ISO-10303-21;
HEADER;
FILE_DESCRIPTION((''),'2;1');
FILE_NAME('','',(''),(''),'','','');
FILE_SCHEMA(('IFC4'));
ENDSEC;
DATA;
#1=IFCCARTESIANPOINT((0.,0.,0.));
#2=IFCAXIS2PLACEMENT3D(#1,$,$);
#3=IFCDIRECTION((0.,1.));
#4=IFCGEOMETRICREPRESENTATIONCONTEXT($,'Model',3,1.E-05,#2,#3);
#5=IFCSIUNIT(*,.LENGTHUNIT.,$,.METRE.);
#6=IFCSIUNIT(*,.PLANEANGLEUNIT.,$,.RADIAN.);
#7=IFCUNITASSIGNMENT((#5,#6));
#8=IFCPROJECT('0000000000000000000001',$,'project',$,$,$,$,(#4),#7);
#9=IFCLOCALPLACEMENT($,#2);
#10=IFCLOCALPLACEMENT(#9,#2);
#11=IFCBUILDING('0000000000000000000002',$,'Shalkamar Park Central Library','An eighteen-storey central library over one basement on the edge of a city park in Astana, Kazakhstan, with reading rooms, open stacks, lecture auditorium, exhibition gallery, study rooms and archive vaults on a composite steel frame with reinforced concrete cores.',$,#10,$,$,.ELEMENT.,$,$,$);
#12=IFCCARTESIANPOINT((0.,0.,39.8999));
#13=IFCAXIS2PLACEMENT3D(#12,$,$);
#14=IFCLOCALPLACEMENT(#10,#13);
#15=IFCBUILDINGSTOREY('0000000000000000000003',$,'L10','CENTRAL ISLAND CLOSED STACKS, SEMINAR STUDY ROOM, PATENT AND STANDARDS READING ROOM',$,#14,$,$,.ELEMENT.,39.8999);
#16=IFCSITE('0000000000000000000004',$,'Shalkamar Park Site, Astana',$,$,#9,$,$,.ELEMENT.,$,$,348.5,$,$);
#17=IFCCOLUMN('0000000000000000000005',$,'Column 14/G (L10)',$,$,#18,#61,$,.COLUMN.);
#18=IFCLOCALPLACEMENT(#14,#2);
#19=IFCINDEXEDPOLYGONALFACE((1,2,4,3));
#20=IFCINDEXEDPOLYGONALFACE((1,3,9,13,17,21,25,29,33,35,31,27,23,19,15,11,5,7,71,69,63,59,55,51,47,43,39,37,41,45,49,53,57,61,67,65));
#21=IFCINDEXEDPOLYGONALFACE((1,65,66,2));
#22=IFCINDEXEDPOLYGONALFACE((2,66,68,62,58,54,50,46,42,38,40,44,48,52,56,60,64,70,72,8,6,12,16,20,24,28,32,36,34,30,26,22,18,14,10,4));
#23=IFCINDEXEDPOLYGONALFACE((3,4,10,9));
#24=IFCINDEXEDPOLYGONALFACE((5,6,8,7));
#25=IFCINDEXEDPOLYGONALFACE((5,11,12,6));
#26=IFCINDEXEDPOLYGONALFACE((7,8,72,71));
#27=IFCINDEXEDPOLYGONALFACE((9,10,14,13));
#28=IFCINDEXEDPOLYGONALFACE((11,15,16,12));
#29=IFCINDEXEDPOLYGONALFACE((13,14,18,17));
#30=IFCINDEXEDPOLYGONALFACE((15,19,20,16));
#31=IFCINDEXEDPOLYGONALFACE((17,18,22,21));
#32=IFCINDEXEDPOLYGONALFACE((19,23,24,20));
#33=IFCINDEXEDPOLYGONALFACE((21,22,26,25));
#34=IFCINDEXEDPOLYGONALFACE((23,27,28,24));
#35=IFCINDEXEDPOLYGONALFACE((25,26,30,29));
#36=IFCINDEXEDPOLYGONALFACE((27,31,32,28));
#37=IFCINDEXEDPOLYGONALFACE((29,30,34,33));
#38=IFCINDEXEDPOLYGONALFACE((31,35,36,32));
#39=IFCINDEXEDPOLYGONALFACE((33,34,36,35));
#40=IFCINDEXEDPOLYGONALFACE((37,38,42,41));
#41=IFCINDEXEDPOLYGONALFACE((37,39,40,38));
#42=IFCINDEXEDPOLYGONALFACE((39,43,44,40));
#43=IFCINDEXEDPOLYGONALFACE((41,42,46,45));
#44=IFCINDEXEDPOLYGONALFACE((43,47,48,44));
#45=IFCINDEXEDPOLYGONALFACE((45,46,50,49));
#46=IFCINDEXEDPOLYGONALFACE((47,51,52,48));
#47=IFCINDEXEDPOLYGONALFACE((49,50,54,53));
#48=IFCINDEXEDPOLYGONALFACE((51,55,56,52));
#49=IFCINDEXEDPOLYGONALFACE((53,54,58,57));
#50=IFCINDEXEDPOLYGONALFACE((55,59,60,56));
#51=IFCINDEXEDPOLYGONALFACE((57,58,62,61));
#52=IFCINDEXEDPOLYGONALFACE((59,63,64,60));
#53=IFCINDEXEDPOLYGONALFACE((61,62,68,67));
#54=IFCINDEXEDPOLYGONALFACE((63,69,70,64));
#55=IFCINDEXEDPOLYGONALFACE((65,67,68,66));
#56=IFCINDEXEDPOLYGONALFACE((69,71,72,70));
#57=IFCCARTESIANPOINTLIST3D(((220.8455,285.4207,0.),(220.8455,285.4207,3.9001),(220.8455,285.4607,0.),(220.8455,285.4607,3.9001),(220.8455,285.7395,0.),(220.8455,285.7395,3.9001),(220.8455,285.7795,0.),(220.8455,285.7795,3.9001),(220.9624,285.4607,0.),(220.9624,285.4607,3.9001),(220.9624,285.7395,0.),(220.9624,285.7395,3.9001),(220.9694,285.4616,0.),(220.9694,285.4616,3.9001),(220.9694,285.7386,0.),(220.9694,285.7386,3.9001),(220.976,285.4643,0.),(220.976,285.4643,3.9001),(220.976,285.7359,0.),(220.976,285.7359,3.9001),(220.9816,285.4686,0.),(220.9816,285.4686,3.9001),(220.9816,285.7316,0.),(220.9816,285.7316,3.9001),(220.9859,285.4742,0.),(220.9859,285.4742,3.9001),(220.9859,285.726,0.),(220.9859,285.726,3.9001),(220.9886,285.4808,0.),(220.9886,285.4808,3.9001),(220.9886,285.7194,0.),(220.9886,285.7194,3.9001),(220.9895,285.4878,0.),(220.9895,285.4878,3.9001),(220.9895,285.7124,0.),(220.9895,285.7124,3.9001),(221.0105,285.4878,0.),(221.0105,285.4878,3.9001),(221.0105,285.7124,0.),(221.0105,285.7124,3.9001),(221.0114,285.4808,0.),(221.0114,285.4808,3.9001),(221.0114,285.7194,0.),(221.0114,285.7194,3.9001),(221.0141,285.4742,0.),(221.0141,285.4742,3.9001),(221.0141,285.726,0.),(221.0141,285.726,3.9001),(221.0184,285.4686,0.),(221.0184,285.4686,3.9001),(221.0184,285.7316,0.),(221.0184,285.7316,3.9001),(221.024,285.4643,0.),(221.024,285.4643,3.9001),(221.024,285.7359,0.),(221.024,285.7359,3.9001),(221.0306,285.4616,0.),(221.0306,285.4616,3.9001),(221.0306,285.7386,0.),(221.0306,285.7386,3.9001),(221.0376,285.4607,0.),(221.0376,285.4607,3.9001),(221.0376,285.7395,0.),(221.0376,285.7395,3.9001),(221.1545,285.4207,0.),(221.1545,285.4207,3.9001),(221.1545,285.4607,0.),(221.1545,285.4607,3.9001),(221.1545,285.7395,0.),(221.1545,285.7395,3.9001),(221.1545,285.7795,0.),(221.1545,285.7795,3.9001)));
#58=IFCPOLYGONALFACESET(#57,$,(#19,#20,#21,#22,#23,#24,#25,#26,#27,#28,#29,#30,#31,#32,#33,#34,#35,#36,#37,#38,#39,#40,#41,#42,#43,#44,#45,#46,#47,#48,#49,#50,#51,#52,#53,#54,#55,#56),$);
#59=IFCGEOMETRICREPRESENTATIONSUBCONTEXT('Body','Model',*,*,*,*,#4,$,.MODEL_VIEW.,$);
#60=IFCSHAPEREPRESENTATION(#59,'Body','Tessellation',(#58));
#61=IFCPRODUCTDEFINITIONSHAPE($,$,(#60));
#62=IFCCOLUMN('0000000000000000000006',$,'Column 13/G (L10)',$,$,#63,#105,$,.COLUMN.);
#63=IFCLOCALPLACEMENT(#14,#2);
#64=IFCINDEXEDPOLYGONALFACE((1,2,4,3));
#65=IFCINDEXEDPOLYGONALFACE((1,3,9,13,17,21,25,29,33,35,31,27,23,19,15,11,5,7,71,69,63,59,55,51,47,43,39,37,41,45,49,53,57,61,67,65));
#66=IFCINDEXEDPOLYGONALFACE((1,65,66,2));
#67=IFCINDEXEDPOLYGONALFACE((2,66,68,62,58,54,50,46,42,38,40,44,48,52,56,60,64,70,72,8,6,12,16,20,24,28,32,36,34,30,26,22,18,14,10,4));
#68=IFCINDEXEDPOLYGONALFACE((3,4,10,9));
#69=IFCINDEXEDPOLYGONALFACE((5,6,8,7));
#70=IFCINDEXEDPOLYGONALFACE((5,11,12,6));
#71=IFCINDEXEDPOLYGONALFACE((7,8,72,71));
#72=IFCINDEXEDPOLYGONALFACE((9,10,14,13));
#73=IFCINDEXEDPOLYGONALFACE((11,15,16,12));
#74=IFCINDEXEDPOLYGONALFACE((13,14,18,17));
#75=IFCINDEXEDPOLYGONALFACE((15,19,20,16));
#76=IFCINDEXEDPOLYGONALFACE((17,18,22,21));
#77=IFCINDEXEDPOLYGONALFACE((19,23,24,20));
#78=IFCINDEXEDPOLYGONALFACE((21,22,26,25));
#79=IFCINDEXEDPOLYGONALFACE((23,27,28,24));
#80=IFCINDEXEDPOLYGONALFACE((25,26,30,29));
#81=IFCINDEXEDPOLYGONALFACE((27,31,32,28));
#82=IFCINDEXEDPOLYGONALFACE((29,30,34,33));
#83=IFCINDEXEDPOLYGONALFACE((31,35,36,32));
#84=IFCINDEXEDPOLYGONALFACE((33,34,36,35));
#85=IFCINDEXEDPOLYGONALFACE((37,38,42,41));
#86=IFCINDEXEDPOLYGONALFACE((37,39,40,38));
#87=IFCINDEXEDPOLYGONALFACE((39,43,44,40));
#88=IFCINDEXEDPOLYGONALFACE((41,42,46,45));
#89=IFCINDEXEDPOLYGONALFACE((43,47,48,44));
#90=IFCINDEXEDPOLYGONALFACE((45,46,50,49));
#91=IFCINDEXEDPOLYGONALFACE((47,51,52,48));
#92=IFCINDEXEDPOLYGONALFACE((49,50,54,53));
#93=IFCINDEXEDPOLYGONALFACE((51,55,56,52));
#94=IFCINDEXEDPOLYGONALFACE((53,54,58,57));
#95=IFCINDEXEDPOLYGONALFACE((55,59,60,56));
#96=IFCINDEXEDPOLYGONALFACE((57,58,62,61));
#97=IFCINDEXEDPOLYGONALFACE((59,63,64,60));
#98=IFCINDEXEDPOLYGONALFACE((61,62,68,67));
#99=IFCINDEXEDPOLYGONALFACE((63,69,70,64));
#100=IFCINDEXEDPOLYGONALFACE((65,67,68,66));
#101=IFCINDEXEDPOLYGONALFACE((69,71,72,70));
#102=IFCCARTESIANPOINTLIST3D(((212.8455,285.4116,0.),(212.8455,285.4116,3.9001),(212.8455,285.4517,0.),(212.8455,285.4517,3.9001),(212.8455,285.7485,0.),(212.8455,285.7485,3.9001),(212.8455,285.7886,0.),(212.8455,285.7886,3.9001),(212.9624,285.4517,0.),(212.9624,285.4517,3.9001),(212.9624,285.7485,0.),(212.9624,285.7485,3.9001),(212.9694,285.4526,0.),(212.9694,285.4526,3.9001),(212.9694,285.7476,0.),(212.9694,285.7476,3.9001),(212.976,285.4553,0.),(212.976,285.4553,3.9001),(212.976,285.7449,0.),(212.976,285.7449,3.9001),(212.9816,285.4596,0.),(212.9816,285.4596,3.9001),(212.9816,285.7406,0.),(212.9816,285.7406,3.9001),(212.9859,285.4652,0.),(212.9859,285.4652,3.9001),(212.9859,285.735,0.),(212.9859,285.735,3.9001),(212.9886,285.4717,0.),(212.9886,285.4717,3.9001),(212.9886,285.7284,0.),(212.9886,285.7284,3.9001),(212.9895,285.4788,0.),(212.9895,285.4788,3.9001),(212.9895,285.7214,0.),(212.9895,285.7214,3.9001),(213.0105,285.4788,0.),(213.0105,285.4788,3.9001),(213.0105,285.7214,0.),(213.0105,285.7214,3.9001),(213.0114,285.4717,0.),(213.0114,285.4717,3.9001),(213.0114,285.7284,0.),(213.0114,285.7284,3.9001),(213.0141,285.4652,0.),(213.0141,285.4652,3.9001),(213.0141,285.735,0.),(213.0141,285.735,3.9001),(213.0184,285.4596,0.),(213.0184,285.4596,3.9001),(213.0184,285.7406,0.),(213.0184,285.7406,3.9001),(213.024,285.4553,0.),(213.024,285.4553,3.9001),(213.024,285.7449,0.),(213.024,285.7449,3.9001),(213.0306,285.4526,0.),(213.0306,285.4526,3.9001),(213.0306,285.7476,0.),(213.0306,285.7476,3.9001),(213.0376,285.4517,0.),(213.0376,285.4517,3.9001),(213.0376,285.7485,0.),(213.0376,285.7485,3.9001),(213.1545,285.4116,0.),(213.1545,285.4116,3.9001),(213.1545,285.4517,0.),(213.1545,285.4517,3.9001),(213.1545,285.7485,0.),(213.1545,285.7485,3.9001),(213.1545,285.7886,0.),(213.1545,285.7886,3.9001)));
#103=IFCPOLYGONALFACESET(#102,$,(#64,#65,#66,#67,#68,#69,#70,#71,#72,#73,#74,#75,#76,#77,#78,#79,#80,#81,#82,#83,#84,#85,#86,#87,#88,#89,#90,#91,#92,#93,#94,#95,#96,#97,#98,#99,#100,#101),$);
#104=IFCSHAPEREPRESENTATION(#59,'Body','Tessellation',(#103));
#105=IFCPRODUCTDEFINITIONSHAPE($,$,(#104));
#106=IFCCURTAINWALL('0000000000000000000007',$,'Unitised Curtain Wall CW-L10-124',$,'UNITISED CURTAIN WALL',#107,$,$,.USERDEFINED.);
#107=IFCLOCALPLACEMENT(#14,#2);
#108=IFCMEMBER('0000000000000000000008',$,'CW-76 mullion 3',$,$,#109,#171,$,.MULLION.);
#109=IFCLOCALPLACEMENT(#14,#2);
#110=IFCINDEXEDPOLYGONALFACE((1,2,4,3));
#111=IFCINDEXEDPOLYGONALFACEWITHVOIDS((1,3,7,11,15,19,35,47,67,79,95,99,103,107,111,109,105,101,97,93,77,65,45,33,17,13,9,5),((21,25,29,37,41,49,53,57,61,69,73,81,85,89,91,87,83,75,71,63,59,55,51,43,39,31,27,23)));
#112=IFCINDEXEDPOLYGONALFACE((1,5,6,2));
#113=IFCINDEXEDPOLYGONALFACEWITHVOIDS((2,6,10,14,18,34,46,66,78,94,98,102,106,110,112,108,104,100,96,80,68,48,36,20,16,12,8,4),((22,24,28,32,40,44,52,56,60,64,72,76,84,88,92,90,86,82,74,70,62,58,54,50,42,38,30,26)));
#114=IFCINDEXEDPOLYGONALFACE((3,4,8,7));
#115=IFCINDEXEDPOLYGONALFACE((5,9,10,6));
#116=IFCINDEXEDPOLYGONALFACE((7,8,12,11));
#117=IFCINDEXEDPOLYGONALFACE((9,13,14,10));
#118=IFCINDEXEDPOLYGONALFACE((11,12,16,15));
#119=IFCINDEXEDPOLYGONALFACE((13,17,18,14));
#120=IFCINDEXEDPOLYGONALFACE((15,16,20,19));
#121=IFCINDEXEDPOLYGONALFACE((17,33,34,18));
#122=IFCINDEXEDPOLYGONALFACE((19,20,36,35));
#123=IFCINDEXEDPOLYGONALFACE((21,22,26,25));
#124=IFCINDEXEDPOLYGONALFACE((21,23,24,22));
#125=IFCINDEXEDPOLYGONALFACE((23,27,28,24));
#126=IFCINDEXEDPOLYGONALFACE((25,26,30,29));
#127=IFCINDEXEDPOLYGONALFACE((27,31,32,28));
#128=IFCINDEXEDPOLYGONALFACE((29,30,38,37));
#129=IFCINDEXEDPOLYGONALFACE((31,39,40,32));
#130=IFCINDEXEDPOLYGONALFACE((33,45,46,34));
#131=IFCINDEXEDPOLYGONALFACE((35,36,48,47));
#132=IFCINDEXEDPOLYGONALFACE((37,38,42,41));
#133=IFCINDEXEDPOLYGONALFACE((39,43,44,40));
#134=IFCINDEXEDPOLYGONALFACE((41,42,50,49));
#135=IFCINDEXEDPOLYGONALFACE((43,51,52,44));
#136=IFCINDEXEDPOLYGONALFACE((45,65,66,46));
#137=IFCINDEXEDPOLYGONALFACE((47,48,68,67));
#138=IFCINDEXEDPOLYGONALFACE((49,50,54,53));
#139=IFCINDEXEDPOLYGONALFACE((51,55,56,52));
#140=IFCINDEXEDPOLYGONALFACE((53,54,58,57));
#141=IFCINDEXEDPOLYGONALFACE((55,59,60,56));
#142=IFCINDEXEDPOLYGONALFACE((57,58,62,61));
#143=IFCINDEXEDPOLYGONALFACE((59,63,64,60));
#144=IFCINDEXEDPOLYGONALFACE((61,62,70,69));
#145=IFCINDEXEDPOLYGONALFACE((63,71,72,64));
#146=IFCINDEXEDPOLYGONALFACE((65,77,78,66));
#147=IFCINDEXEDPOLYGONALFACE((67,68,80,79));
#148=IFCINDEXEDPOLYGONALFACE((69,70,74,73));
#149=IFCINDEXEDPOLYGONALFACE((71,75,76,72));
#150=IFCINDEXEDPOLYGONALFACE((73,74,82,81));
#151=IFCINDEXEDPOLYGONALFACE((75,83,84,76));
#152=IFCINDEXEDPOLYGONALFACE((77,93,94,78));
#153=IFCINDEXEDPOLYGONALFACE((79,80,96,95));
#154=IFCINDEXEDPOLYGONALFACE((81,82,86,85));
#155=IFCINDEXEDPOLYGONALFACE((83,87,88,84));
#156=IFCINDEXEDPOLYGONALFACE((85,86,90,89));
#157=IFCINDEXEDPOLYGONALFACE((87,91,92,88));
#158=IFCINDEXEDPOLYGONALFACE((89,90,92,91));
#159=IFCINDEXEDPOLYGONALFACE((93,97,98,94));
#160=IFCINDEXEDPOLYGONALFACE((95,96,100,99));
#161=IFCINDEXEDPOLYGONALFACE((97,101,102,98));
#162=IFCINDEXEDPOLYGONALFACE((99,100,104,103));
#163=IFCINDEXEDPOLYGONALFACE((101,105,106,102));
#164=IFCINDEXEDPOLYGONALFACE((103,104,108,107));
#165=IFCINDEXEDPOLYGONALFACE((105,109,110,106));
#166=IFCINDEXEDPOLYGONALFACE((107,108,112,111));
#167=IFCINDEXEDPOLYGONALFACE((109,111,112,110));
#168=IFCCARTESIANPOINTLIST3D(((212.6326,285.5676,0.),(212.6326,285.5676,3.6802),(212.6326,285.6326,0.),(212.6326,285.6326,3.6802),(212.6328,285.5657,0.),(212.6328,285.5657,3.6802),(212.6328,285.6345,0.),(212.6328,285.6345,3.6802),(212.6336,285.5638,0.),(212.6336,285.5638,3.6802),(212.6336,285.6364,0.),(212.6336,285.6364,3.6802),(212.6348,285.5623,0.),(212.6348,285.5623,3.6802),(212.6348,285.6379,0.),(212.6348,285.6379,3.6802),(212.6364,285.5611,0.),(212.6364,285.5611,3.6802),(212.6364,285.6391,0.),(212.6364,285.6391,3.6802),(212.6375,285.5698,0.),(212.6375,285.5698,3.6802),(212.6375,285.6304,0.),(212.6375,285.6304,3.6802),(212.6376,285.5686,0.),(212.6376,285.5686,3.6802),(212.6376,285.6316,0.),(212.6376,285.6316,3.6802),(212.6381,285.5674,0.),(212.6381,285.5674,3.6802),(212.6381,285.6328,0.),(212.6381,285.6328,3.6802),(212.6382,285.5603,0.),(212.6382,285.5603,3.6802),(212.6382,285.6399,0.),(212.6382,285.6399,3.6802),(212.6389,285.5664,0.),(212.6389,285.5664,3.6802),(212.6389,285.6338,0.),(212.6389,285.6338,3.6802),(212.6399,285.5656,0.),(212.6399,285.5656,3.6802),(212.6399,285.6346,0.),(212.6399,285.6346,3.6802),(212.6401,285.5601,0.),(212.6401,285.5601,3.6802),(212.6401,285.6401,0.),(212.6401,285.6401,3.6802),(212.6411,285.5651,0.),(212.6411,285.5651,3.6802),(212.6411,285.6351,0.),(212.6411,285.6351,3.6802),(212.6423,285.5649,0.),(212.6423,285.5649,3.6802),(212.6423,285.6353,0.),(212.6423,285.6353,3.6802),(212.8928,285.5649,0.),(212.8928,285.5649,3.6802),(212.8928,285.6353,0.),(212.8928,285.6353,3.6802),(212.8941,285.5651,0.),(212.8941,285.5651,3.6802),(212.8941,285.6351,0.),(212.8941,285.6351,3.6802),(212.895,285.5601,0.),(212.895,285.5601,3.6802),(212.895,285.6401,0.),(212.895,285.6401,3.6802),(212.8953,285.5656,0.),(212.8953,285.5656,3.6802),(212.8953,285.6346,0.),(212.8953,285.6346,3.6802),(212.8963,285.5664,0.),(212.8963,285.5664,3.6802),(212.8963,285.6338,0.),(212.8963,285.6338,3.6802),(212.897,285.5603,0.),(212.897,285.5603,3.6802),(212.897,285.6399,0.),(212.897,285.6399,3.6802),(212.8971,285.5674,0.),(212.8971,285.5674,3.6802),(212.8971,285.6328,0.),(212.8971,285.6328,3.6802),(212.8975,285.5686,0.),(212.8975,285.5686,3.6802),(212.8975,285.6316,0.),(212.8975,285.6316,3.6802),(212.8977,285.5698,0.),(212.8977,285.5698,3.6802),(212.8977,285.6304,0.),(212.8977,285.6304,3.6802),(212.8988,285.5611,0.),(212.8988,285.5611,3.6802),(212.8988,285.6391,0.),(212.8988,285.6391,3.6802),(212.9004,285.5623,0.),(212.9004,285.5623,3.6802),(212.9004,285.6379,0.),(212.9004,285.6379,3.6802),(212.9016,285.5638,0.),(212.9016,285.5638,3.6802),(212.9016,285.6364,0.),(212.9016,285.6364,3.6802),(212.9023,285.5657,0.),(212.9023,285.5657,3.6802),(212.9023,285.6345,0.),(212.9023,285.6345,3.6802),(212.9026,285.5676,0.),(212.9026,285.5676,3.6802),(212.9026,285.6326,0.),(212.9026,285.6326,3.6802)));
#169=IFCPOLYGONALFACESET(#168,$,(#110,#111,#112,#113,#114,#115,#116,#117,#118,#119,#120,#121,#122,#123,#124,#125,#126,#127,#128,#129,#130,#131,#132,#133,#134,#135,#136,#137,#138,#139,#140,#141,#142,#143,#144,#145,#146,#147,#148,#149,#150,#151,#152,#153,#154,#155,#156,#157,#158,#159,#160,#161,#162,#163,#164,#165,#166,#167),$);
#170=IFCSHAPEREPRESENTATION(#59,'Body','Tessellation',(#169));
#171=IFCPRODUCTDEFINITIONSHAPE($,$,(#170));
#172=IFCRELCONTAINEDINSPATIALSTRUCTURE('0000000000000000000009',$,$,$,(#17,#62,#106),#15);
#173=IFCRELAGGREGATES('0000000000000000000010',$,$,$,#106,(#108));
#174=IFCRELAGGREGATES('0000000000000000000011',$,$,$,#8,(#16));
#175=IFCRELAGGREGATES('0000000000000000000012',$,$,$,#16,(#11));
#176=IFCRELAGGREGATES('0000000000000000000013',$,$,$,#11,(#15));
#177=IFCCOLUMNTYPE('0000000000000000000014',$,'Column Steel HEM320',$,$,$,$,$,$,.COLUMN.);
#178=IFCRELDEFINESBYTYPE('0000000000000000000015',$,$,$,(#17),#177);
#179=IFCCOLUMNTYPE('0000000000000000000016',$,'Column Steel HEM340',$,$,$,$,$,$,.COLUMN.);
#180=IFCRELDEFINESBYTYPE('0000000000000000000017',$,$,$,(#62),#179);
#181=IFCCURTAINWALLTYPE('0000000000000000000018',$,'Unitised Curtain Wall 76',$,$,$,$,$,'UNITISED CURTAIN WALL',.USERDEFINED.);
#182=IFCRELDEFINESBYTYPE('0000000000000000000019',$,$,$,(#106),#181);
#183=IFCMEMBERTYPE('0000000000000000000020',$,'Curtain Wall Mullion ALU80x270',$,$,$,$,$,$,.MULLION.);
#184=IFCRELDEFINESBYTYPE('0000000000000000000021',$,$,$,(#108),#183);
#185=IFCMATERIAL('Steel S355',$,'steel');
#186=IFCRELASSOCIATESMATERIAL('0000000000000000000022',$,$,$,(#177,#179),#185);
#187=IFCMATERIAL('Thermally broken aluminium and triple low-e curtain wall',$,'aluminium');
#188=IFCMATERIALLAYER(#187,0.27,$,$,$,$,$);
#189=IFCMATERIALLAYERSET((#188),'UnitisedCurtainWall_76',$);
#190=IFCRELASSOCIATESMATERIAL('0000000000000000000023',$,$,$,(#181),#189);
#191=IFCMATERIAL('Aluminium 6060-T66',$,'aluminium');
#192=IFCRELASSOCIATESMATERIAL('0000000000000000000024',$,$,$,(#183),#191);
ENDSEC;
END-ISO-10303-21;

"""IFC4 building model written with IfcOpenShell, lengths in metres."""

from ifc_helpers import new_model, si_unit, direction, frame, origin, origin_2d, place, context, subcontext, project, spatial, hollow_rectangle, i_section, extrude, material, layer, layer_set, material_profile, profile_set, type_object, element, aggregate, save


model = new_model("IFC4")

# Units and contexts
model_context = context("Model", 3, precision=1e-05, world=origin(), true_north=direction((0.0, 1.0)))
body_context = subcontext(model_context, "Body", "Model", "MODEL_VIEW")
ifc_project = project(units=[si_unit("LENGTHUNIT", "METRE"), si_unit("PLANEANGLEUNIT", "RADIAN")], contexts=[model_context])

# Site, building, storey
site_placement = place(None, origin())
site = spatial("IfcSite", under=ifc_project, at=site_placement, Name="Shalkamar Park Site, Astana", CompositionType="ELEMENT", RefElevation=348.5)
building_placement = place(site_placement, origin())
building = spatial("IfcBuilding", under=site, at=building_placement, Name="Shalkamar Park Central Library", Description="An eighteen-storey central library over one basement on the edge of a city park in Astana, Kazakhstan, with reading rooms, open stacks, lecture auditorium, exhibition gallery, study rooms and archive vaults on a composite steel frame with reinforced concrete cores.", CompositionType="ELEMENT")
storey_placement = place(building_placement, frame((0.0, 0.0, 39.8999)))
storey = spatial("IfcBuildingStorey", under=building, at=storey_placement, Name="L10", Description="CENTRAL ISLAND CLOSED STACKS, SEMINAR STUDY ROOM, PATENT AND STANDARDS READING ROOM", CompositionType="ELEMENT", Elevation=39.8999)

# Columns
ifc_material_1 = material(Name="Steel S355", Category="steel")
ifc_material_profile_1 = material_profile(ifc_material_1, i_section(OverallWidth=0.3091, OverallDepth=0.3589, WebThickness=0.021, FlangeThickness=0.04, FilletRadius=0.0271, at=origin_2d()), Name="HEM 320")
ifc_profile_set_1 = profile_set([ifc_material_profile_1], Name="Steel S355")
column_type_1 = type_object("IfcColumnType", Name="Column Steel HEM320", PredefinedType="COLUMN", material=ifc_profile_set_1)
column_1_placement = place(storey_placement, frame((221.0, 285.6001, 0.0), z_axis=(0.0, 0.0, 1.0), x_axis=(1.0, 0.0, 0.0)))
element("IfcColumn", 1, at=column_1_placement, inside=storey, type_object=column_type_1, Name="Column 14/G (L10)", PredefinedType="COLUMN", context=body_context, shape_type="SweptSolid", body=[
    extrude(i_section(OverallWidth=0.3091, OverallDepth=0.3589, WebThickness=0.021, FlangeThickness=0.04, FilletRadius=0.0271, at=origin_2d()), origin(), (0.0, 0.0, 1.0), 3.9001),
])
ifc_material_profile_2 = material_profile(ifc_material_1, i_section(OverallWidth=0.3091, OverallDepth=0.377, WebThickness=0.021, FlangeThickness=0.04, FilletRadius=0.0271, at=origin_2d()), Name="HEM 340")
ifc_profile_set_2 = profile_set([ifc_material_profile_2], Name="Steel S355")
column_type_2 = type_object("IfcColumnType", Name="Column Steel HEM340", PredefinedType="COLUMN", material=ifc_profile_set_2)
column_2_placement = place(storey_placement, frame((213.0, 285.6001, 0.0), z_axis=(0.0, 0.0, 1.0), x_axis=(1.0, 0.0, 0.0)))
element("IfcColumn", 2, at=column_2_placement, inside=storey, type_object=column_type_2, Name="Column 13/G (L10)", PredefinedType="COLUMN", context=body_context, shape_type="SweptSolid", body=[
    extrude(i_section(OverallWidth=0.3091, OverallDepth=0.377, WebThickness=0.021, FlangeThickness=0.04, FilletRadius=0.0271, at=origin_2d()), origin(), (0.0, 0.0, 1.0), 3.9001),
])

# Curtain wall, member
ifc_material_2 = material(Name="Thermally broken aluminium and triple low-e curtain wall", Category="aluminium")
ifc_layer_1 = layer(ifc_material_2, 0.27)
ifc_layer_set_1 = layer_set([ifc_layer_1], Name="UnitisedCurtainWall_76")
curtain_wall_type_1 = type_object("IfcCurtainWallType", Name="Unitised Curtain Wall 76", ElementType="UNITISED CURTAIN WALL", PredefinedType="USERDEFINED", material=ifc_layer_set_1)
curtain_wall_1_placement = place(storey_placement, origin())
curtain_wall_1 = element("IfcCurtainWall", 3, at=curtain_wall_1_placement, inside=storey, type_object=curtain_wall_type_1, Name="Unitised Curtain Wall CW-L10-124", ObjectType="UNITISED CURTAIN WALL", PredefinedType="USERDEFINED")
ifc_material_3 = material(Name="Aluminium 6060-T66", Category="aluminium")
ifc_material_profile_3 = material_profile(ifc_material_3, hollow_rectangle(XDim=0.0801, YDim=0.27, WallThickness=0.0049, InnerFilletRadius=0.0049, OuterFilletRadius=0.0076, at=origin_2d()), Name="ALU 80x270x5")
ifc_profile_set_3 = profile_set([ifc_material_profile_3], Name="Aluminium 6060-T66")
member_type_1 = type_object("IfcMemberType", Name="Curtain Wall Mullion ALU80x270", PredefinedType="MULLION", material=ifc_profile_set_3)
member_1_placement = place(storey_placement, frame((212.7676, 285.6001, 0.0), z_axis=(0.0, 0.0, 1.0), x_axis=(0.0, 1.0, 0.0)))
member_1 = element("IfcMember", 4, at=member_1_placement, type_object=member_type_1, Name="CW-76 mullion 3", PredefinedType="MULLION", context=body_context, shape_type="SweptSolid", body=[
    extrude(hollow_rectangle(XDim=0.0801, YDim=0.27, WallThickness=0.0049, InnerFilletRadius=0.0049, OuterFilletRadius=0.0076, at=origin_2d()), origin(), (0.0, 0.0, 1.0), 3.6802),
])

aggregate(curtain_wall_1, [member_1])

save(model, "model.ifc")
